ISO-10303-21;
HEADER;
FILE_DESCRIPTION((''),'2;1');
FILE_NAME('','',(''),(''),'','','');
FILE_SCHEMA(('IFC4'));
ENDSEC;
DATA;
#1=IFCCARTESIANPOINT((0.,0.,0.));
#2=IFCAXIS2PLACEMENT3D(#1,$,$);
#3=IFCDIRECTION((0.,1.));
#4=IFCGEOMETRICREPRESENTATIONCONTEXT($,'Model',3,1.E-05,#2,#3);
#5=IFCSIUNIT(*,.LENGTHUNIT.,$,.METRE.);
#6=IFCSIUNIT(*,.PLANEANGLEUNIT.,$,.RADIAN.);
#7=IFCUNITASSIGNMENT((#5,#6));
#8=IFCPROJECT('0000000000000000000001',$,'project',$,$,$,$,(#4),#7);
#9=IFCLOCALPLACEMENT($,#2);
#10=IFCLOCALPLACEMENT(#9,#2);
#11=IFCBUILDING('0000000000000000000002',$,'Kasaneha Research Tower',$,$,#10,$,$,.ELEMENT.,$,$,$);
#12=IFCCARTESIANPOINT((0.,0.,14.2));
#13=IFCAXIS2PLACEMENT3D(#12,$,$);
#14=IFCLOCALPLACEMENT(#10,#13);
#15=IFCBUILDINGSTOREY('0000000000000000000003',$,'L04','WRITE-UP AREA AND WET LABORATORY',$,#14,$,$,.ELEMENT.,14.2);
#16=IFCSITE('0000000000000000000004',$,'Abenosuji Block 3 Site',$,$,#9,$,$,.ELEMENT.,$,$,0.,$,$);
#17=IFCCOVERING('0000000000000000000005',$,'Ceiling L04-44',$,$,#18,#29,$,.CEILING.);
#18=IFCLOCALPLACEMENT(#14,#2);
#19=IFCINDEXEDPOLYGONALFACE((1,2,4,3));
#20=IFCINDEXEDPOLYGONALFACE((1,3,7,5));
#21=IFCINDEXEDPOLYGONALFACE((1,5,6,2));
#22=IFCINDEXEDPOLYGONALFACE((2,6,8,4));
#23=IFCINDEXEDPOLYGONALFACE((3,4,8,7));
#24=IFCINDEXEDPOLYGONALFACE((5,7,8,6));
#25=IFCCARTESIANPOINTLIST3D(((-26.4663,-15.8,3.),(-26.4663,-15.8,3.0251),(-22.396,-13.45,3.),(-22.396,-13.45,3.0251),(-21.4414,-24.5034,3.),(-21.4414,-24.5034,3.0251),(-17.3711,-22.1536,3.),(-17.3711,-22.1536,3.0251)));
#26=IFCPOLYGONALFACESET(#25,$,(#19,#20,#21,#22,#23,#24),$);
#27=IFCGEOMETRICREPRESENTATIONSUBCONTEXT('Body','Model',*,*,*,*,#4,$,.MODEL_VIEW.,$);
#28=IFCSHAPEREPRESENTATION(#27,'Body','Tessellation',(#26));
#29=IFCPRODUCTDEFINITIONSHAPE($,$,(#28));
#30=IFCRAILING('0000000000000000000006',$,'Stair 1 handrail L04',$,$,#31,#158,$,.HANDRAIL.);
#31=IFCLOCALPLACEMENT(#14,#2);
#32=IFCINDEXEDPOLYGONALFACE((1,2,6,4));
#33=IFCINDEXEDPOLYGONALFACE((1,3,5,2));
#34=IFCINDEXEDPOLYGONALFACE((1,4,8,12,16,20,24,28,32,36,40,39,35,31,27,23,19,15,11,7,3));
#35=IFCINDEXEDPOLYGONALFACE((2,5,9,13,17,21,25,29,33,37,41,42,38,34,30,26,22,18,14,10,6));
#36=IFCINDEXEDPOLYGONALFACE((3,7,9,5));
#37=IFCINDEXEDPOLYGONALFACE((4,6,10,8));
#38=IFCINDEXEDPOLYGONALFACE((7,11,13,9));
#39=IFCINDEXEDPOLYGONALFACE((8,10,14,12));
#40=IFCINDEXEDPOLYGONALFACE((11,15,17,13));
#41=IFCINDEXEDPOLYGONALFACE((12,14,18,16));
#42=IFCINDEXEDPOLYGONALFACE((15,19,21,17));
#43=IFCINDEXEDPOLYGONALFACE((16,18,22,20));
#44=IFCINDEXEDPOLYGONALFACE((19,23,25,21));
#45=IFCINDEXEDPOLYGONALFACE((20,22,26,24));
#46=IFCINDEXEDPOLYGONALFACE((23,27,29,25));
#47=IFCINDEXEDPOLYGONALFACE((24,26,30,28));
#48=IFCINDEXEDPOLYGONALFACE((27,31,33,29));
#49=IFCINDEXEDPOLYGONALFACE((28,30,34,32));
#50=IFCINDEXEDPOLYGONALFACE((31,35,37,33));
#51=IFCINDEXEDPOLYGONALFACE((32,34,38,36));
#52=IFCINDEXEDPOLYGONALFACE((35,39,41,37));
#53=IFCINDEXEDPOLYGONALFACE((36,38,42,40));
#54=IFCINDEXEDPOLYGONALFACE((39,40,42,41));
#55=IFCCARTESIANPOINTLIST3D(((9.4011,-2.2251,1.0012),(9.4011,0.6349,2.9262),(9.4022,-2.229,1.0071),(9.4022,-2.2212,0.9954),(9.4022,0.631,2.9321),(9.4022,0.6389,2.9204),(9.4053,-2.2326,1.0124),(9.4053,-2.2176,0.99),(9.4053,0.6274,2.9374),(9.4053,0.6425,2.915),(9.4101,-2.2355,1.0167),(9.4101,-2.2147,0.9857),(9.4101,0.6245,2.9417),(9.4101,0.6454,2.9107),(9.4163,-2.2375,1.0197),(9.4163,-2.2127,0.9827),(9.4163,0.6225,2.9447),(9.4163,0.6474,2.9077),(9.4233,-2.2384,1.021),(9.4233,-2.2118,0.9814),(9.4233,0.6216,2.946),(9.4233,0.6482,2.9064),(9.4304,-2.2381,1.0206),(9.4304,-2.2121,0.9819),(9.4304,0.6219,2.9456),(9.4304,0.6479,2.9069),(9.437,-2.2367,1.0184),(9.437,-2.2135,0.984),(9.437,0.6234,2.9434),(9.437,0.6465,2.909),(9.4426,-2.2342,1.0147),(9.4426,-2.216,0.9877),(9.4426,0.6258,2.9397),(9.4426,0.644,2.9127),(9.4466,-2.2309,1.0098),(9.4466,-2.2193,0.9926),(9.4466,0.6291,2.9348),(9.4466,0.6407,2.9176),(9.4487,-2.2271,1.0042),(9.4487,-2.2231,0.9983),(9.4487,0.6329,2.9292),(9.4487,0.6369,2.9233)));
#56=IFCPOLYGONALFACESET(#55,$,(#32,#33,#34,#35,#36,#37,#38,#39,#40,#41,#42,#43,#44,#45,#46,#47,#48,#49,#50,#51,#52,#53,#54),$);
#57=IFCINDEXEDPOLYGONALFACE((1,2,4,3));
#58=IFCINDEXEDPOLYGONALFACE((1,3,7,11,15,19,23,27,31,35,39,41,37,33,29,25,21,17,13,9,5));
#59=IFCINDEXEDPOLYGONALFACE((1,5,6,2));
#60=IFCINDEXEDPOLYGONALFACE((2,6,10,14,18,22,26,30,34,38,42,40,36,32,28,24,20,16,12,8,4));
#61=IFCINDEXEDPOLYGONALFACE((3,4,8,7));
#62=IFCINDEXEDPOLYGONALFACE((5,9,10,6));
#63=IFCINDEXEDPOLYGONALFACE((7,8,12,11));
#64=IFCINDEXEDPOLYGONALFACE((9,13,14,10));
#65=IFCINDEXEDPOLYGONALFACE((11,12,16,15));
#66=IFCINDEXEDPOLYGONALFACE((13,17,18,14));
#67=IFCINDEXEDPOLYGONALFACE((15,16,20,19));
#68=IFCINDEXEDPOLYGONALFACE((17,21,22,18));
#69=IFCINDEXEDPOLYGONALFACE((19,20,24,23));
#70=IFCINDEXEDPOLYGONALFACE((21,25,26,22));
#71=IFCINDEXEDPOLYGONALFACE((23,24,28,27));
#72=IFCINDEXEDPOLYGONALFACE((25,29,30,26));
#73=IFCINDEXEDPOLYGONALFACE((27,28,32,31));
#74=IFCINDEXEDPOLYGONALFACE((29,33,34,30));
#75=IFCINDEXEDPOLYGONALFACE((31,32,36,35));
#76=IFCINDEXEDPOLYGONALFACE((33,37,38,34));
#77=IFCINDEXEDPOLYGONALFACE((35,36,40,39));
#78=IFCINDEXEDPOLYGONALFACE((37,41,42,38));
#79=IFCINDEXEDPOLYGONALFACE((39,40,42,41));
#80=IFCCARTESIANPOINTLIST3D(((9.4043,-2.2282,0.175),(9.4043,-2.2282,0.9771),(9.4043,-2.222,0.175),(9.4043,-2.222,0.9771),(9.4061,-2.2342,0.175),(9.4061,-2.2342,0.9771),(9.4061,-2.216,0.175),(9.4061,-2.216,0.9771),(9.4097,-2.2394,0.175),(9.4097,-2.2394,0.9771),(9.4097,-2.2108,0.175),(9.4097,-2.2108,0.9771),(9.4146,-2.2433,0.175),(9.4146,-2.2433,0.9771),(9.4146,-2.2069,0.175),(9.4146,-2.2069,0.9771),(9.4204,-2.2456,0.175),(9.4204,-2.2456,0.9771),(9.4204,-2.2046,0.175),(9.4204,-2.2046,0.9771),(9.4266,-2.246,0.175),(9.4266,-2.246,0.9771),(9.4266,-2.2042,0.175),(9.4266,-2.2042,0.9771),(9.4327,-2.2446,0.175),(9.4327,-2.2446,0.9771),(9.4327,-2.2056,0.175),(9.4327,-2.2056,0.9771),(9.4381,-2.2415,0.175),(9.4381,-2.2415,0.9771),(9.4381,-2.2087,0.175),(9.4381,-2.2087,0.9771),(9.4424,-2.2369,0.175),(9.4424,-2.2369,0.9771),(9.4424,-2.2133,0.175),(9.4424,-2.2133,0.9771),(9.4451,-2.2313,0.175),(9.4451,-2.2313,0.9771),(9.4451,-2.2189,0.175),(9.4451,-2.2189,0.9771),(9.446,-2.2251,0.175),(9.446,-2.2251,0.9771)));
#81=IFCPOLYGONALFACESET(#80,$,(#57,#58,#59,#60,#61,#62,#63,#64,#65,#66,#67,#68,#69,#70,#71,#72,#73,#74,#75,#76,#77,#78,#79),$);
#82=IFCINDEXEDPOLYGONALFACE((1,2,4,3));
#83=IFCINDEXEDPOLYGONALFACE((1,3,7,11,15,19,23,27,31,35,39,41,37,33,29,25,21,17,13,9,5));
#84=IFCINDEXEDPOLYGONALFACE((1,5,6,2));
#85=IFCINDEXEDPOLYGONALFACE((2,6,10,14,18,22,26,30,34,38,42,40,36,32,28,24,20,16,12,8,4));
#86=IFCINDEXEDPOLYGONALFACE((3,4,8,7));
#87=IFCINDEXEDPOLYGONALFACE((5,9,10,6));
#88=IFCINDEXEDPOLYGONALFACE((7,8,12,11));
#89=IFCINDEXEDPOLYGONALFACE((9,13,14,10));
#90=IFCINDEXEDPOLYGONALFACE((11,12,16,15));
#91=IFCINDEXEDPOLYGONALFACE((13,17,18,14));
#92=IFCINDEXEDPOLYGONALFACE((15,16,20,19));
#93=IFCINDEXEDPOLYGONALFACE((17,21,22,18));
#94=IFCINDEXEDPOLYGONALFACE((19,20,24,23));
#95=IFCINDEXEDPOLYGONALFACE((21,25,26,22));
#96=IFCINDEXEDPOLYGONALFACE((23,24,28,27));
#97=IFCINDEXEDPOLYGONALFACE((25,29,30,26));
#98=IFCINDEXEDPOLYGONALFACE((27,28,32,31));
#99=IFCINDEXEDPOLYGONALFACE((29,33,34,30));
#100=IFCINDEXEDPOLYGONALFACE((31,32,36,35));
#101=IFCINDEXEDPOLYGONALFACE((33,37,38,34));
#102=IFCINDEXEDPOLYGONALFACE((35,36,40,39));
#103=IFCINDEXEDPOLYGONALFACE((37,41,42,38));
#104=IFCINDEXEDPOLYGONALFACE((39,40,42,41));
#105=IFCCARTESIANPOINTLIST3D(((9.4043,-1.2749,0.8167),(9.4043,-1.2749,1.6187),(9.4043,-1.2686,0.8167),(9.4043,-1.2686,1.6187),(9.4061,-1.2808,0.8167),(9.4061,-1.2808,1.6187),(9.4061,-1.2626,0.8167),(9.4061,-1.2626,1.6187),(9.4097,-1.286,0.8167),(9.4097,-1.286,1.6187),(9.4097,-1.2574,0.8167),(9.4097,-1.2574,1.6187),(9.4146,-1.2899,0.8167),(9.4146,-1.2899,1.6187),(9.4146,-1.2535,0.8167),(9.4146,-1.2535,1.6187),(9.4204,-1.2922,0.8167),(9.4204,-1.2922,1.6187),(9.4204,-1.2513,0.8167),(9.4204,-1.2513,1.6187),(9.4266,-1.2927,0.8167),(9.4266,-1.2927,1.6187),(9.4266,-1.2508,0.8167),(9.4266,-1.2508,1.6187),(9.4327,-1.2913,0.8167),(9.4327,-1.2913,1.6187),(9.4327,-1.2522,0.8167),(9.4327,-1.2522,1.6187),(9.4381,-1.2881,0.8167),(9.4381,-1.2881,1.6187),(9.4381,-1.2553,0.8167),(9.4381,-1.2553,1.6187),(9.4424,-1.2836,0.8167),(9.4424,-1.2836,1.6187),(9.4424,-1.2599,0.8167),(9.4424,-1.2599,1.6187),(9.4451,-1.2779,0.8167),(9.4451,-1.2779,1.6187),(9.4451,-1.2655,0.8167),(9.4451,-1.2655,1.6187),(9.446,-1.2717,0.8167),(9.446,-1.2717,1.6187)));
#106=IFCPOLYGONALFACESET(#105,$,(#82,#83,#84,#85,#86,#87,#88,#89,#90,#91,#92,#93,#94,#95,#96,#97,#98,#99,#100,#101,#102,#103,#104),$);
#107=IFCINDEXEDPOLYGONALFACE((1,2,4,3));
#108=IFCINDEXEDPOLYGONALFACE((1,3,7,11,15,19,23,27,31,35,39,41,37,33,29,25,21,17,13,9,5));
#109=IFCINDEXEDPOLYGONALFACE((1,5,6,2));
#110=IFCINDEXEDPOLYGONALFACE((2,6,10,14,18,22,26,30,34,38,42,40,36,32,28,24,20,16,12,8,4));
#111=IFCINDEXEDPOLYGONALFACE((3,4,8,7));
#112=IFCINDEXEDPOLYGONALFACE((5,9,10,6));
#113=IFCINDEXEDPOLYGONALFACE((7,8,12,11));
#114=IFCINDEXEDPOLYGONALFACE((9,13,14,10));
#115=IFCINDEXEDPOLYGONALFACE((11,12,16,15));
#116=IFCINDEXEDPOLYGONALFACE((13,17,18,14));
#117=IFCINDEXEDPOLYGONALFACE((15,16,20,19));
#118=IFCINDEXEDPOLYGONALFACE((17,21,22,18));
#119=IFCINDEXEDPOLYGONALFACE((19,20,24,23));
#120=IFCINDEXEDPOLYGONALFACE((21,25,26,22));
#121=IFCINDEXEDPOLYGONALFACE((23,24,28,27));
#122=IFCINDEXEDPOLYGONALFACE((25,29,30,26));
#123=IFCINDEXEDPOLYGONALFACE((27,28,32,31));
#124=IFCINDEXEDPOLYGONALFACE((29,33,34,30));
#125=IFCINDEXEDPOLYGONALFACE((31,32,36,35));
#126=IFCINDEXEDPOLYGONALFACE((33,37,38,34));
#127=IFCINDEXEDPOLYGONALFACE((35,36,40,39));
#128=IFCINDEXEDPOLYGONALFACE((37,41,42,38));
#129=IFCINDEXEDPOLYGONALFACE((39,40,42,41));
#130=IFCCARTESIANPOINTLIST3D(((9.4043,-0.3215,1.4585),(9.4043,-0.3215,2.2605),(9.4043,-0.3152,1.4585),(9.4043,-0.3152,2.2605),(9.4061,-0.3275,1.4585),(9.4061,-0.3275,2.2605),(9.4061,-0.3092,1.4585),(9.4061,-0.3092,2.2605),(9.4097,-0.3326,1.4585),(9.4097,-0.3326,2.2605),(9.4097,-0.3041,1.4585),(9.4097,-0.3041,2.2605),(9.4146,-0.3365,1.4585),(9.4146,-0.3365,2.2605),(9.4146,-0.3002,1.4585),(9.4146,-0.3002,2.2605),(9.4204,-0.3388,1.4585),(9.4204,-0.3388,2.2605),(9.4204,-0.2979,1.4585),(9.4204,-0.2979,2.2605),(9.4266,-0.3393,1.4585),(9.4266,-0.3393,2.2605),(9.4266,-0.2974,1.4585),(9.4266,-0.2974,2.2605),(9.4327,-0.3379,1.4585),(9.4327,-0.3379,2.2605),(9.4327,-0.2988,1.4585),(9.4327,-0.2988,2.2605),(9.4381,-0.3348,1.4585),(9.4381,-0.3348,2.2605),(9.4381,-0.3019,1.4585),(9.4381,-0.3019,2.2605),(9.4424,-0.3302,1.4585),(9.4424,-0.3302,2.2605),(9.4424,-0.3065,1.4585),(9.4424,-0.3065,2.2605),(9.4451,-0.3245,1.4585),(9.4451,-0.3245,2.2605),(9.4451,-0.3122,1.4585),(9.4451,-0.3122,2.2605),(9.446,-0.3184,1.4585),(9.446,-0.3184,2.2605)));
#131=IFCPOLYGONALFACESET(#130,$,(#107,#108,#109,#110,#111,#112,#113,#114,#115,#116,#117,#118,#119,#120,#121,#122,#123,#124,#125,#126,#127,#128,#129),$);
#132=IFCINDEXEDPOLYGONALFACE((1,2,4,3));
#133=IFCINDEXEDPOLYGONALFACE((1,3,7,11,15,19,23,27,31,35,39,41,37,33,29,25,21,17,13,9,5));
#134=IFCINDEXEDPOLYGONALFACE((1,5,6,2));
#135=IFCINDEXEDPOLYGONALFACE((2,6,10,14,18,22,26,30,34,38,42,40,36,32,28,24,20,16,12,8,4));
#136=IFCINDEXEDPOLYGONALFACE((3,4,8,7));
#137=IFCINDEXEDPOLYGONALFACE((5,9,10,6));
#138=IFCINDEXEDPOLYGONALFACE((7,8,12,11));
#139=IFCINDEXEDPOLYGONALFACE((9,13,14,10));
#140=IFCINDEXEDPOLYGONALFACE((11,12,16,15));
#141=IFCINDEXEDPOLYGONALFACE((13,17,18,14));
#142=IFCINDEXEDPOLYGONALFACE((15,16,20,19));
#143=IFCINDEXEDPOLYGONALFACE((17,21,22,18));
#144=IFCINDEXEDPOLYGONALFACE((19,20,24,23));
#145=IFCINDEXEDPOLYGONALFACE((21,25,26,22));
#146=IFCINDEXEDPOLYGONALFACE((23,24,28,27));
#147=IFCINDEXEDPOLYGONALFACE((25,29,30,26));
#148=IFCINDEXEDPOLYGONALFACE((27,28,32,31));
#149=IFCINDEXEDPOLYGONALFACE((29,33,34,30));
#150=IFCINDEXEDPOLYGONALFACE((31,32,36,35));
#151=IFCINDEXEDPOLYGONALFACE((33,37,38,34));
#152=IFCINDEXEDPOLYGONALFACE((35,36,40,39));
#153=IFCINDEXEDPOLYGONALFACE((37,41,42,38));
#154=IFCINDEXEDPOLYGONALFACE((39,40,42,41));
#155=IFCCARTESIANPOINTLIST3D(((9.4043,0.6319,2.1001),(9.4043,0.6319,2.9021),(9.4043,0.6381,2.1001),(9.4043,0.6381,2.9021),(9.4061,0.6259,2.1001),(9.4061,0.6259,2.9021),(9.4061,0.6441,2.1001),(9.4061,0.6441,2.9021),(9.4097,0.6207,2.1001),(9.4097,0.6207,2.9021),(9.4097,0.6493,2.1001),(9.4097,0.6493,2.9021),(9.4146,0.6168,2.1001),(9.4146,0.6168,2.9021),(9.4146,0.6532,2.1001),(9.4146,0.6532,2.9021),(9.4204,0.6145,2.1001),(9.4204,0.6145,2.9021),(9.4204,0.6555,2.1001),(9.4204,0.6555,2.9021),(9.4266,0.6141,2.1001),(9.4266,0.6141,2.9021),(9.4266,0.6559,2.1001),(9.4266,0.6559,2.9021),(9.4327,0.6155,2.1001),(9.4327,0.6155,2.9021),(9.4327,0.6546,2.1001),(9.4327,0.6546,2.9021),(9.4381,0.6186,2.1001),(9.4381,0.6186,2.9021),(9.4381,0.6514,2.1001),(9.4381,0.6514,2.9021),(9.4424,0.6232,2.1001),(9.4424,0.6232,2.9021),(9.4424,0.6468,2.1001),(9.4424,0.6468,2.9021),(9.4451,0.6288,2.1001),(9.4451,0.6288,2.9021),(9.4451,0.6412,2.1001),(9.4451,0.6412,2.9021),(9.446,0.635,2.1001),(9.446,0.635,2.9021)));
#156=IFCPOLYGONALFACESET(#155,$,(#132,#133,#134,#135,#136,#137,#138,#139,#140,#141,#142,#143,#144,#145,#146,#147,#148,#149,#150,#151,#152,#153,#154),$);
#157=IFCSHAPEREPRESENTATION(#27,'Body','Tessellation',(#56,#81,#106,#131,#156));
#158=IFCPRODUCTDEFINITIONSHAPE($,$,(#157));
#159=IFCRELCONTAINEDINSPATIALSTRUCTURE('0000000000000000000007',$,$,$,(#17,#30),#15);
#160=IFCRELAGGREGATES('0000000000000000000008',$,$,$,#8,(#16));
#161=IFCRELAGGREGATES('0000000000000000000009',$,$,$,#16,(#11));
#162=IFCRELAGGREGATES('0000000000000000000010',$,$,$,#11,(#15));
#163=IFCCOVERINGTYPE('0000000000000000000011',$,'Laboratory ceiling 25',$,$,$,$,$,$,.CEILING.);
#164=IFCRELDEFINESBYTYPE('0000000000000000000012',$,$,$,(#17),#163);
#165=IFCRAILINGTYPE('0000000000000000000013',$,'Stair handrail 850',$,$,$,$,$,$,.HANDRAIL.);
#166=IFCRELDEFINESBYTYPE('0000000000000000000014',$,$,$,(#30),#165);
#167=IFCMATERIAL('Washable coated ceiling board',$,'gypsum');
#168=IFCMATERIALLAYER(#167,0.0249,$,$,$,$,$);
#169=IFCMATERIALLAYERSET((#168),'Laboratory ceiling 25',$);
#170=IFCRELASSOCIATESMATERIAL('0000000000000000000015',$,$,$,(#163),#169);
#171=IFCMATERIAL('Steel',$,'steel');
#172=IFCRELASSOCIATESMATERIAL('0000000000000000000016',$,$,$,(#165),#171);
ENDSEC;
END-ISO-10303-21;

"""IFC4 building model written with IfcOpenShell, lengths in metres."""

from ifc_helpers import new_model, si_unit, direction, frame, origin, origin_2d, place, context, subcontext, project, spatial, polyline, circle, outline, extrude, material, layer, layer_set, type_object, element, save


model = new_model("IFC4")

# Units and contexts
model_context = context("Model", 3, precision=1e-05, world=origin(), true_north=direction((0.0, 1.0)))
body_context = subcontext(model_context, "Body", "Model", "MODEL_VIEW")
ifc_project = project(units=[si_unit("LENGTHUNIT", "METRE"), si_unit("PLANEANGLEUNIT", "RADIAN")], contexts=[model_context])

# Site, building, storey
site_placement = place(None, origin())
site = spatial("IfcSite", under=ifc_project, at=site_placement, Name="Abenosuji Block 3 Site", CompositionType="ELEMENT", RefElevation=0.0)
building_placement = place(site_placement, origin())
building = spatial("IfcBuilding", under=site, at=building_placement, Name="Kasaneha Research Tower", CompositionType="ELEMENT")
storey_placement = place(building_placement, frame((0.0, 0.0, 14.2)))
storey = spatial("IfcBuildingStorey", under=building, at=storey_placement, Name="L04", Description="WRITE-UP AREA AND WET LABORATORY", CompositionType="ELEMENT", Elevation=14.2)

# Covering
ifc_material_1 = material(Name="Washable coated ceiling board", Category="gypsum")
ifc_layer_1 = layer(ifc_material_1, 0.0249)
ifc_layer_set_1 = layer_set([ifc_layer_1], Name="Laboratory ceiling 25")
covering_type = type_object("IfcCoveringType", Name="Laboratory ceiling 25", PredefinedType="CEILING", material=ifc_layer_set_1)
covering_1_placement = place(storey_placement, frame((0.0, 0.0, 3.0)))
element("IfcCovering", 1, at=covering_1_placement, inside=storey, type_object=covering_type, Name="Ceiling L04-44", PredefinedType="CEILING", context=body_context, shape_type="SweptSolid", body=[
    extrude(outline(polyline([(-21.4414, -24.5034), (-26.4663, -15.8), (-22.396, -13.45), (-17.3711, -22.1536), (-21.4414, -24.5034)])), origin(), (0.0, 0.0, 1.0), 0.0251),
])

# Railing
ifc_material_2 = material(Name="Steel", Category="steel")
railing_type = type_object("IfcRailingType", Name="Stair handrail 850", PredefinedType="HANDRAIL", material=ifc_material_2)
railing_placement = place(storey_placement, frame((9.425, -2.2251, 0.175)))
element("IfcRailing", 2, at=railing_placement, inside=storey, type_object=railing_type, Name="Stair 1 handrail L04", PredefinedType="HANDRAIL", context=body_context, shape_type="SweptSolid", body=[
    extrude(circle(Radius=0.0239, at=origin_2d()), frame((0.0, 0.0, 0.8262), z_axis=(0.0, 0.829591, 0.558372), x_axis=(-1.0, 0.0, 0.0)), (0.0, 0.0, 1.0), 3.4475),
    extrude(circle(Radius=0.021, at=origin_2d()), origin(), (0.0, 0.0, 1.0), 0.802),
    extrude(circle(Radius=0.021, at=origin_2d()), frame((0.0, 0.9534, 0.6416)), (0.0, 0.0, 1.0), 0.802),
    extrude(circle(Radius=0.021, at=origin_2d()), frame((0.0, 1.9067, 1.2834)), (0.0, 0.0, 1.0), 0.802),
    extrude(circle(Radius=0.021, at=origin_2d()), frame((0.0, 2.8601, 1.925)), (0.0, 0.0, 1.0), 0.802),
])

save(model, "model.ifc")
